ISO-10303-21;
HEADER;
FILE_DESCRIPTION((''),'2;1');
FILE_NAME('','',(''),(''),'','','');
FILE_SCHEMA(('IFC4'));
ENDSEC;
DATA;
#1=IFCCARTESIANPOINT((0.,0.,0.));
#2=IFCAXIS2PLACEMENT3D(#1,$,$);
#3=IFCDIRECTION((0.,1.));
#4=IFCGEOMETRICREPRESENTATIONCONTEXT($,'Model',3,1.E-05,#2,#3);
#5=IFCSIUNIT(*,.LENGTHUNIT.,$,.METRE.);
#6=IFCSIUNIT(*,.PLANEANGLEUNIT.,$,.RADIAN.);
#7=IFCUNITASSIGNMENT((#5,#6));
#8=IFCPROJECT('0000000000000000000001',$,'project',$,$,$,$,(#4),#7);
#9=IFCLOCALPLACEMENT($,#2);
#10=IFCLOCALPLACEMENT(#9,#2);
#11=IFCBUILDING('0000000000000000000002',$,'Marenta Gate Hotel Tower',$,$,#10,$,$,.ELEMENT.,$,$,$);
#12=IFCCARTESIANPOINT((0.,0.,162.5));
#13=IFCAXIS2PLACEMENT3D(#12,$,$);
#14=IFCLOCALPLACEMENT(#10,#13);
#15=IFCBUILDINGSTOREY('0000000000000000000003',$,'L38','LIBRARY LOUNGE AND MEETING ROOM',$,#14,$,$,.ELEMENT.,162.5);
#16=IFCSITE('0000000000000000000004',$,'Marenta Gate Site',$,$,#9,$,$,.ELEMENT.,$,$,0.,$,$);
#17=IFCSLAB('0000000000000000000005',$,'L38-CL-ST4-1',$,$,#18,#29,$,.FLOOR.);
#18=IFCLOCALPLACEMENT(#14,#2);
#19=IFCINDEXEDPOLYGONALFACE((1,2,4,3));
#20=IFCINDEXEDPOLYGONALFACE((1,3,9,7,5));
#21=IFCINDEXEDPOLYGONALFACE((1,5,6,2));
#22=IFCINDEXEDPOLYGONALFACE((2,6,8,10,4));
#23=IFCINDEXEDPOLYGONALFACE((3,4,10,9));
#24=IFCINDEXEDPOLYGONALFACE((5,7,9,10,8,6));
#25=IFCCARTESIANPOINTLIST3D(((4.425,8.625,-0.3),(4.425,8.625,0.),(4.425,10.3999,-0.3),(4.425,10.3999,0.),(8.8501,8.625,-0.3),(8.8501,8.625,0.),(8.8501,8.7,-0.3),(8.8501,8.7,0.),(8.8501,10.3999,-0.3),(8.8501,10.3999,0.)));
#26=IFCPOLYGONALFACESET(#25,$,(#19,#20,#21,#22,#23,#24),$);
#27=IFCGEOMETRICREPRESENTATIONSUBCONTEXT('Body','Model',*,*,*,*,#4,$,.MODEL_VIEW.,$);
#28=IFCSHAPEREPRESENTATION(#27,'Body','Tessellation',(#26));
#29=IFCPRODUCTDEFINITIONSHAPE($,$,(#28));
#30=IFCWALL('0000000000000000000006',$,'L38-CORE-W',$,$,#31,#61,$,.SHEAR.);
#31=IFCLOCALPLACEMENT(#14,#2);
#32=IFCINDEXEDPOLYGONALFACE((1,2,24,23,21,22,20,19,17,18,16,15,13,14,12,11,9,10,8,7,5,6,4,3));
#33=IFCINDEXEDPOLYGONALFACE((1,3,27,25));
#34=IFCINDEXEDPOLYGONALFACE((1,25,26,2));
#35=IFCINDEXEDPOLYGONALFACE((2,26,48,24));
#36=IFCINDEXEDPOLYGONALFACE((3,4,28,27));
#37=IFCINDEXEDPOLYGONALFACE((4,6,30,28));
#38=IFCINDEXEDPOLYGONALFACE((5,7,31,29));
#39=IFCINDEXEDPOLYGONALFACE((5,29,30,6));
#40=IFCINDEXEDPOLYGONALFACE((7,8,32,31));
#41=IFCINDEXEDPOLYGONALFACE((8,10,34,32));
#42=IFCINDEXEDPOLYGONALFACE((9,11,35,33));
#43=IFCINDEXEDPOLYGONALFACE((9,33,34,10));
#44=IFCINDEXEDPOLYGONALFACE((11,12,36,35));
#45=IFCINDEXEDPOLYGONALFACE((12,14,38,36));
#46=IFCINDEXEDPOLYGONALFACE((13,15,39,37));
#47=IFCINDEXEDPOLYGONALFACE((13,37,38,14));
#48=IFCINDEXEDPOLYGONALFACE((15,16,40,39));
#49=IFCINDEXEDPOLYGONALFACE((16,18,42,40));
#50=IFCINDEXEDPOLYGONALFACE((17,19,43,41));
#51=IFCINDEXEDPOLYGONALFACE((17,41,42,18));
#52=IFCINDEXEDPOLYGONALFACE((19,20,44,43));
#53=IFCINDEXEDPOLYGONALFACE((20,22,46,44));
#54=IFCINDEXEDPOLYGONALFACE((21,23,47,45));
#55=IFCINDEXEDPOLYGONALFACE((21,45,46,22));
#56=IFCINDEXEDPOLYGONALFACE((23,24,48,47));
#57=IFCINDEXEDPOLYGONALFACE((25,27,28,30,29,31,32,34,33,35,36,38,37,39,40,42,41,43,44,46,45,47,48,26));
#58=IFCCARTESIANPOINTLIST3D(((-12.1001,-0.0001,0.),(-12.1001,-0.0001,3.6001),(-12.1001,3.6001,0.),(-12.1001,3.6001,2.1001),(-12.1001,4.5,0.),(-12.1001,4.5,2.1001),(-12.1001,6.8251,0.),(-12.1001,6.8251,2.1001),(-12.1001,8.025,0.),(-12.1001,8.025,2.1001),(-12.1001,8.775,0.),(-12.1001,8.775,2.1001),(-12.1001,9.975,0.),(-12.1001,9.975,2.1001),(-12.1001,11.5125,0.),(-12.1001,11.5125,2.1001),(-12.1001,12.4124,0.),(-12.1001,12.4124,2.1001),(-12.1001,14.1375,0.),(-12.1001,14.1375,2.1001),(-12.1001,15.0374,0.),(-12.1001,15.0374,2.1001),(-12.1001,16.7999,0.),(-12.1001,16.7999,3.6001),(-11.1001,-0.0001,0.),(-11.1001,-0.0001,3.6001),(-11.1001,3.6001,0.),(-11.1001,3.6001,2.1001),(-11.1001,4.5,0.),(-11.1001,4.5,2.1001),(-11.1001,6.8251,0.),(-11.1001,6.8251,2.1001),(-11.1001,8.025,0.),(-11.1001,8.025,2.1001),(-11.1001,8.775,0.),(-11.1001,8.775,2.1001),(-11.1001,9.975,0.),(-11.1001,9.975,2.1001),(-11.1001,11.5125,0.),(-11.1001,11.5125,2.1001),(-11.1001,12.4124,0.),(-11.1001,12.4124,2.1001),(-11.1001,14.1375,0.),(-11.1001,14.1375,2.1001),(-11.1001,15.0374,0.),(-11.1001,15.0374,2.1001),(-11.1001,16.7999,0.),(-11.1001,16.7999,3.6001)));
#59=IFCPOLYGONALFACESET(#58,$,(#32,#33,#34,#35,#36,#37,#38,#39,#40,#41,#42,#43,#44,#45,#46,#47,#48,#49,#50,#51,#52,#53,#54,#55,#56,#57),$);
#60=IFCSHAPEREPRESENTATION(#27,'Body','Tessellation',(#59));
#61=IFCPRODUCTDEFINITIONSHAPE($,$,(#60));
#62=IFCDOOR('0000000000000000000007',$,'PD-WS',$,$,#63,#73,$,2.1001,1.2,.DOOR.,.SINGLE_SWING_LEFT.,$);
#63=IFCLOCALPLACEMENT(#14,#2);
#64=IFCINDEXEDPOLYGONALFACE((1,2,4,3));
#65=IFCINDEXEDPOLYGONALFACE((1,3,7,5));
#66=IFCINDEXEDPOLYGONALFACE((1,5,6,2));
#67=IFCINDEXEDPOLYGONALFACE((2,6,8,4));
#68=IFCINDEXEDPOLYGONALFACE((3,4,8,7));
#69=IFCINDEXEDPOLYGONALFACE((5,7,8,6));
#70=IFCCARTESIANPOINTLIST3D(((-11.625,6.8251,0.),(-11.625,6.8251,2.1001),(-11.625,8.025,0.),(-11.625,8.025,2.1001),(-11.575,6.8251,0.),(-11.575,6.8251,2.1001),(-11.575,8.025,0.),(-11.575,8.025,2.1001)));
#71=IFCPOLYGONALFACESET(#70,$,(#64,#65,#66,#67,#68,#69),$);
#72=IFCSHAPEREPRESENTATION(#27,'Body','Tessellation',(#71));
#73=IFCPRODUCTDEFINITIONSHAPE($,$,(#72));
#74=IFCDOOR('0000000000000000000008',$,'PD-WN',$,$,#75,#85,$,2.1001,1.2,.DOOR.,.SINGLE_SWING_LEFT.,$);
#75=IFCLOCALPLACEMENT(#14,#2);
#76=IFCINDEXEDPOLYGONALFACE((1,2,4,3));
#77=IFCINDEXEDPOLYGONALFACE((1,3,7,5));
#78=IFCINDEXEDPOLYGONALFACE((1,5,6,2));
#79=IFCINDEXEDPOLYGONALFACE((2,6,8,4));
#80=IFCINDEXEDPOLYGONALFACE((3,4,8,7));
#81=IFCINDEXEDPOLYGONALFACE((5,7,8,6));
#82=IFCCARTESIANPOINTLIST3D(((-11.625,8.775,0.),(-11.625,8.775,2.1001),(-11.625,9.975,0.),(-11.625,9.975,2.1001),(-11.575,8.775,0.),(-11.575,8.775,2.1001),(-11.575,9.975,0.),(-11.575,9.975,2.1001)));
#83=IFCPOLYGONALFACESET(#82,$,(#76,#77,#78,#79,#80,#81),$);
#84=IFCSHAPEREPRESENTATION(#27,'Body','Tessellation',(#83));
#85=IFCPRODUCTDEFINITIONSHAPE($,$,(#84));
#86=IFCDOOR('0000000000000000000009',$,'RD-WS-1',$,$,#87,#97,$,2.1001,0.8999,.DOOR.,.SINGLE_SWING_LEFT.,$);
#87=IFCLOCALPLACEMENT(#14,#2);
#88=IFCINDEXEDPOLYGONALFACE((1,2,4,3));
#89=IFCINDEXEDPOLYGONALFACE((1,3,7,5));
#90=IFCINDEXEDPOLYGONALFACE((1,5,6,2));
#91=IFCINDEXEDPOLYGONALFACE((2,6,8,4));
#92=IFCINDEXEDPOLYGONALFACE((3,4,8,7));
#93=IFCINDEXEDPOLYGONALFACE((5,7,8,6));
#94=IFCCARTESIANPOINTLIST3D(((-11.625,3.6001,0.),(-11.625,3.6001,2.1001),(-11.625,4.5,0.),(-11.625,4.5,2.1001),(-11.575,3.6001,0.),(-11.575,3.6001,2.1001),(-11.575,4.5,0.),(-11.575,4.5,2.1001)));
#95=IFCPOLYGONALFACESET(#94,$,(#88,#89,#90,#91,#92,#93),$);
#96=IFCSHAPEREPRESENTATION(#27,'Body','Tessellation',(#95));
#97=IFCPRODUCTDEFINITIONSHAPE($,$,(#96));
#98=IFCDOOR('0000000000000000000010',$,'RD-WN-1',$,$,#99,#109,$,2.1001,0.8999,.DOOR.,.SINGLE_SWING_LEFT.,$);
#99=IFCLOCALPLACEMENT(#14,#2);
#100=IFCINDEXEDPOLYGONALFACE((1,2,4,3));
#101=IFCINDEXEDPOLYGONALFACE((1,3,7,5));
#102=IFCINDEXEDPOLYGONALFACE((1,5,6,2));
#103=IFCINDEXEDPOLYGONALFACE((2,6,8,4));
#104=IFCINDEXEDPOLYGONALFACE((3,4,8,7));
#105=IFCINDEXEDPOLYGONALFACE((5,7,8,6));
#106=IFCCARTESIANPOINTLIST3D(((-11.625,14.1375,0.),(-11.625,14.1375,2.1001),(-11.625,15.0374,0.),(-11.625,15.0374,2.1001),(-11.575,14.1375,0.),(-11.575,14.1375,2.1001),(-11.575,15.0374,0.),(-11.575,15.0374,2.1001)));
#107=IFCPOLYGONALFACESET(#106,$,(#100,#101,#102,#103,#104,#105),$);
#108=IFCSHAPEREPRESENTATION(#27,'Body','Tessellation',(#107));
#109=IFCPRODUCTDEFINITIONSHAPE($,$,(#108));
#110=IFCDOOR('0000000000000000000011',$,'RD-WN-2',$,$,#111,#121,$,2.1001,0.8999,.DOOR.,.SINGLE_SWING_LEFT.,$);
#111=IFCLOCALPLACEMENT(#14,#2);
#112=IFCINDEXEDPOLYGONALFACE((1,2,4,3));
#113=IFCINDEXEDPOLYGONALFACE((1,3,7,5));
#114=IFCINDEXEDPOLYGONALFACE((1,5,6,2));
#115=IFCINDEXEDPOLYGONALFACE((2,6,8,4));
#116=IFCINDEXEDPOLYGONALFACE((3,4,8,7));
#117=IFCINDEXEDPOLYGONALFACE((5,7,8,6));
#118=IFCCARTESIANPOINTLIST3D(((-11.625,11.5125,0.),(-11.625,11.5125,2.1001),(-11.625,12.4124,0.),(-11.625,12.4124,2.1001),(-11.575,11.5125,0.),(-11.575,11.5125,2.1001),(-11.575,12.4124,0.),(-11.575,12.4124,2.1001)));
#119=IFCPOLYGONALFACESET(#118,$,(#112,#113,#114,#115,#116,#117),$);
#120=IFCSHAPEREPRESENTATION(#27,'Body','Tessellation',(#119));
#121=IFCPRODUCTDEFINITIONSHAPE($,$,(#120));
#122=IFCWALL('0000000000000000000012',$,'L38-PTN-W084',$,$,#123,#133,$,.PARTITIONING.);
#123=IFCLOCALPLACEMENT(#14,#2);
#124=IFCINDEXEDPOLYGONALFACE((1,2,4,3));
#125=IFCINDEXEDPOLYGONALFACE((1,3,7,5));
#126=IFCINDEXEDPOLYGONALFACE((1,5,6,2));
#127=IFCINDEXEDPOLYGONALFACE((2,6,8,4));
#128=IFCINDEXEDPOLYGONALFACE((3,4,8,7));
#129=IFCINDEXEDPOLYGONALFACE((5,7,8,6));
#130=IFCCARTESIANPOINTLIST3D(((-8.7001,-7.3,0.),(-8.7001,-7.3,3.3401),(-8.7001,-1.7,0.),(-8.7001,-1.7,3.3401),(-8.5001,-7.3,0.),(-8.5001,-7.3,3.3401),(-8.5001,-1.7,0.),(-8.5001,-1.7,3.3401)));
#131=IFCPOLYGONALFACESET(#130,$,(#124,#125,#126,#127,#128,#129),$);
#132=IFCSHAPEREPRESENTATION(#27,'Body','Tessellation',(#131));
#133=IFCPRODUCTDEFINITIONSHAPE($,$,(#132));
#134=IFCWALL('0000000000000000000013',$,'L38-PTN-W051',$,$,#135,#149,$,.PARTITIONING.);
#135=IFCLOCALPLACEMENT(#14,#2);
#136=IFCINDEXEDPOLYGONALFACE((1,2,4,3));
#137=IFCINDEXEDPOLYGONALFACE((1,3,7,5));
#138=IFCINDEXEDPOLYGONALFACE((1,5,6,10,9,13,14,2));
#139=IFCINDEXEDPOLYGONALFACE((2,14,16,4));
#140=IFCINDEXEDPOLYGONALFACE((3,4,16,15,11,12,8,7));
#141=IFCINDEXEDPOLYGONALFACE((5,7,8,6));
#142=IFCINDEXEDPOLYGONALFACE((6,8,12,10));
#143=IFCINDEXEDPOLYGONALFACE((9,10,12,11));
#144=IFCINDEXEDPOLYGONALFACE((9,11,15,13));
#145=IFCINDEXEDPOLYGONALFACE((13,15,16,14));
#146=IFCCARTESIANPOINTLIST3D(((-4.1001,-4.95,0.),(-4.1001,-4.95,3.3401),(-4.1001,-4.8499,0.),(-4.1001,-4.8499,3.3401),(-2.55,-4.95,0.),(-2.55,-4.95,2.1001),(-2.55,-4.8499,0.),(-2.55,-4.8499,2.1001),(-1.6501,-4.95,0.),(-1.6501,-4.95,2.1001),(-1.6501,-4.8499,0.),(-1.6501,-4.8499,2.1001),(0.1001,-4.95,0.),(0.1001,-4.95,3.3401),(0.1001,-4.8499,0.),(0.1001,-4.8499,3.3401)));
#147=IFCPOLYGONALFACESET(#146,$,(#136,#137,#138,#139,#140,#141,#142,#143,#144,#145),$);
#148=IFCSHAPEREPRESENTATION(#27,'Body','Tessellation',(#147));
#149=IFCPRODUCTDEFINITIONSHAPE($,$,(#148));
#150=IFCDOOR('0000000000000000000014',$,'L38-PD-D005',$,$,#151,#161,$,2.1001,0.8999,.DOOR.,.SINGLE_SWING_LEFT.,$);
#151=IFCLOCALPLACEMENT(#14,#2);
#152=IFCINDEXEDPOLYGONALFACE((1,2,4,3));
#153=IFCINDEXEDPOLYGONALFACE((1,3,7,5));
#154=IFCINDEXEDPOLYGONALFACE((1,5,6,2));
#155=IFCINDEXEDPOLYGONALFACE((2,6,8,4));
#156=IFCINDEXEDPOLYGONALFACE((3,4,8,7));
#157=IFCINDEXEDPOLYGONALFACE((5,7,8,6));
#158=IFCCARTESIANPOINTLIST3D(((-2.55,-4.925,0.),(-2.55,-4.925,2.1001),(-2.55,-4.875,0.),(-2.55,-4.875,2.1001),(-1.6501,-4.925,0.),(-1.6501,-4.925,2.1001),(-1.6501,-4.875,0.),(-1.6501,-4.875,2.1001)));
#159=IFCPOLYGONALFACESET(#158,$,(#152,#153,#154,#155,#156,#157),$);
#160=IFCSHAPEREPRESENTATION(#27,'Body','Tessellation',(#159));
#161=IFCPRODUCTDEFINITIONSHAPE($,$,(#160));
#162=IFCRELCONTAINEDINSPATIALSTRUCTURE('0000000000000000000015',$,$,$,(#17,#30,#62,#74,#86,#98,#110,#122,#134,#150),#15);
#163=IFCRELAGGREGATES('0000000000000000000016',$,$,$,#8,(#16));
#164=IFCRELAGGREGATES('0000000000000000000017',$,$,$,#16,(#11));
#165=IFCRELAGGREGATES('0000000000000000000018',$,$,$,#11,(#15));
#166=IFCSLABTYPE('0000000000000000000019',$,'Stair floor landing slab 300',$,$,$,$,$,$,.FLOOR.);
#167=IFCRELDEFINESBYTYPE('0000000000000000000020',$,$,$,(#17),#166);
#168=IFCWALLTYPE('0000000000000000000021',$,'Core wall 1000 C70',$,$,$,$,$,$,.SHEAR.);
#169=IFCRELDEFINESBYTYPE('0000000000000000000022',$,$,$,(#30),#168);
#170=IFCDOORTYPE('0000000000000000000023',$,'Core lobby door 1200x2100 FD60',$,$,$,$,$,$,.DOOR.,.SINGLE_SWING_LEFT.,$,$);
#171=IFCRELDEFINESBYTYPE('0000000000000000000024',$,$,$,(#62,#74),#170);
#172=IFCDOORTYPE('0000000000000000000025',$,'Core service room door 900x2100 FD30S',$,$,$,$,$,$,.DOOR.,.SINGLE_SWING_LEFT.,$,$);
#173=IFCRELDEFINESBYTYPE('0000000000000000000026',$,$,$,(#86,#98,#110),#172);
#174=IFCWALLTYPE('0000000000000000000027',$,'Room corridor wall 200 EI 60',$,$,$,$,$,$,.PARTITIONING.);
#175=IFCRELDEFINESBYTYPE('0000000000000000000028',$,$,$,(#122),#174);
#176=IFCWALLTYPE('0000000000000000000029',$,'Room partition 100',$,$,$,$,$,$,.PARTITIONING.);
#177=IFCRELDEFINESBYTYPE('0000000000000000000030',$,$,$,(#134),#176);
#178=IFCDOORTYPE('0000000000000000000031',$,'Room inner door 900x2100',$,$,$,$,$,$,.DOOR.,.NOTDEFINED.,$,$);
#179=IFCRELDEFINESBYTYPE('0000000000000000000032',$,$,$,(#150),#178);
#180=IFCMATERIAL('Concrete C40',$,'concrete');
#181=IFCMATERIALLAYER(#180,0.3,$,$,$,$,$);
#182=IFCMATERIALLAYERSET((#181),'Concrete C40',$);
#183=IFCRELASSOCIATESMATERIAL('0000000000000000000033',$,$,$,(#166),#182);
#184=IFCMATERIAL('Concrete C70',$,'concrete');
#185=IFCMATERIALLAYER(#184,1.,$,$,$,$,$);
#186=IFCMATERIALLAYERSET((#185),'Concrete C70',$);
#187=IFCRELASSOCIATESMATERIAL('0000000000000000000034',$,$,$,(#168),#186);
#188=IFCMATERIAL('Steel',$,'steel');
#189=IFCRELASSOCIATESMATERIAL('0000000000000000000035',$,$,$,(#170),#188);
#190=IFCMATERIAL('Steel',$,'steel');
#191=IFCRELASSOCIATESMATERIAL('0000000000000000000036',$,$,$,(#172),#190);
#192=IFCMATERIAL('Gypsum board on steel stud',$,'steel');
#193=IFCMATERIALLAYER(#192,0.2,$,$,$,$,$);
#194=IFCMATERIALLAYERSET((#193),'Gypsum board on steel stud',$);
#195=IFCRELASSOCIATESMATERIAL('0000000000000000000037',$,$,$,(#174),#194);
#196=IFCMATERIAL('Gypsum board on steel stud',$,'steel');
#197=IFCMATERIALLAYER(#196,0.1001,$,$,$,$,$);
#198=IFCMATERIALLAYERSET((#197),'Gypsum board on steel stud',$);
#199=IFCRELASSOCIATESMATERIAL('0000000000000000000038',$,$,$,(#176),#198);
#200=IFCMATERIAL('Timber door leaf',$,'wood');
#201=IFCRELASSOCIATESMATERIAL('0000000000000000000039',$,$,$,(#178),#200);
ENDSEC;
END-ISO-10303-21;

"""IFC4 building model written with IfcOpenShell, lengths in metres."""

from ifc_helpers import new_model, si_unit, direction, frame, frame_2d, origin, place, context, subcontext, project, spatial, polyline, rectangle, outline, extrude, material, layer, layer_set, type_object, element, fill, save


model = new_model("IFC4")

# Units and contexts
model_context = context("Model", 3, precision=1e-05, world=origin(), true_north=direction((0.0, 1.0)))
body_context = subcontext(model_context, "Body", "Model", "MODEL_VIEW")
ifc_project = project(units=[si_unit("LENGTHUNIT", "METRE"), si_unit("PLANEANGLEUNIT", "RADIAN")], contexts=[model_context])

# Site, building, storey
site_placement = place(None, origin())
site = spatial("IfcSite", under=ifc_project, at=site_placement, Name="Marenta Gate Site", CompositionType="ELEMENT", RefElevation=0.0)
building_placement = place(site_placement, origin())
building = spatial("IfcBuilding", under=site, at=building_placement, Name="Marenta Gate Hotel Tower", CompositionType="ELEMENT")
storey_placement = place(building_placement, frame((0.0, 0.0, 162.5)))
storey = spatial("IfcBuildingStorey", under=building, at=storey_placement, Name="L38", Description="LIBRARY LOUNGE AND MEETING ROOM", CompositionType="ELEMENT", Elevation=162.5)

# Slab
ifc_material_1 = material(Name="Concrete C40", Category="concrete")
ifc_layer_1 = layer(ifc_material_1, 0.3)
ifc_layer_set_1 = layer_set([ifc_layer_1], Name="Concrete C40")
slab_type_1 = type_object("IfcSlabType", Name="Stair floor landing slab 300", PredefinedType="FLOOR", material=ifc_layer_set_1)
slab_1_placement = place(storey_placement, frame((0.0, 0.0, -0.3)))
element("IfcSlab", 1, at=slab_1_placement, inside=storey, type_object=slab_type_1, Name="L38-CL-ST4-1", PredefinedType="FLOOR", context=body_context, shape_type="SweptSolid", body=[
    extrude(outline(polyline([(4.425, 8.625), (4.425, 10.3999), (8.8501, 10.3999), (8.8501, 8.7), (8.8501, 8.625), (4.425, 8.625)])), origin(), (0.0, 0.0, 1.0), 0.3),
])

# Wall, openings, doors
ifc_material_2 = material(Name="Concrete C70", Category="concrete")
ifc_layer_2 = layer(ifc_material_2, 1.0)
ifc_layer_set_2 = layer_set([ifc_layer_2], Name="Concrete C70")
wall_type_1 = type_object("IfcWallType", Name="Core wall 1000 C70", PredefinedType="SHEAR", material=ifc_layer_set_2)
wall_1_placement = place(storey_placement, frame((-11.6001, 0.0, 0.0), z_axis=(0.0, 0.0, 1.0), x_axis=(0.0, 1.0, 0.0)))
wall_1 = element("IfcWall", 2, at=wall_1_placement, inside=storey, type_object=wall_type_1, Name="L38-CORE-W", PredefinedType="SHEAR", context=body_context, shape_type="SweptSolid", body=[
    extrude(rectangle(XDim=16.8, YDim=1.0, at=frame_2d((8.3999, 0.0))), origin(), (0.0, 0.0, 1.0), 3.6001),
])
opening_1_placement = place(wall_1_placement, frame((3.6001, 0.0, 0.0)))
opening_1 = element("IfcOpeningElement", 3, at=opening_1_placement, cuts=wall_1, PredefinedType="OPENING", context=body_context, shape_type="SweptSolid", body=[
    extrude(rectangle(XDim=0.8999, YDim=2.1001, at=frame_2d((0.45, 1.05))), frame((0.0, 0.5, 0.0), z_axis=(0.0, -1.0, 0.0), x_axis=(1.0, 0.0, 0.0)), (0.0, 0.0, 1.0), 1.0),
])
opening_2_placement = place(wall_1_placement, frame((6.825, 0.0, 0.0)))
opening_2 = element("IfcOpeningElement", 4, at=opening_2_placement, cuts=wall_1, PredefinedType="OPENING", context=body_context, shape_type="SweptSolid", body=[
    extrude(rectangle(XDim=1.2, YDim=2.1001, at=frame_2d((0.6001, 1.05))), frame((0.0, 0.5, 0.0), z_axis=(0.0, -1.0, 0.0), x_axis=(1.0, 0.0, 0.0)), (0.0, 0.0, 1.0), 1.0),
])
opening_3_placement = place(wall_1_placement, frame((14.1375, 0.0, 0.0)))
opening_3 = element("IfcOpeningElement", 5, at=opening_3_placement, cuts=wall_1, PredefinedType="OPENING", context=body_context, shape_type="SweptSolid", body=[
    extrude(rectangle(XDim=0.8999, YDim=2.1001, at=frame_2d((0.45, 1.05))), frame((0.0, 0.5, 0.0), z_axis=(0.0, -1.0, 0.0), x_axis=(1.0, 0.0, 0.0)), (0.0, 0.0, 1.0), 1.0),
])
opening_4_placement = place(wall_1_placement, frame((11.5125, 0.0, 0.0)))
opening_4 = element("IfcOpeningElement", 6, at=opening_4_placement, cuts=wall_1, PredefinedType="OPENING", context=body_context, shape_type="SweptSolid", body=[
    extrude(rectangle(XDim=0.8999, YDim=2.1001, at=frame_2d((0.45, 1.05))), frame((0.0, 0.5, 0.0), z_axis=(0.0, -1.0, 0.0), x_axis=(1.0, 0.0, 0.0)), (0.0, 0.0, 1.0), 1.0),
])
opening_5_placement = place(wall_1_placement, frame((8.7749, 0.0, 0.0)))
opening_5 = element("IfcOpeningElement", 7, at=opening_5_placement, cuts=wall_1, PredefinedType="OPENING", context=body_context, shape_type="SweptSolid", body=[
    extrude(rectangle(XDim=1.2, YDim=2.1001, at=frame_2d((0.6001, 1.05))), frame((0.0, 0.5, 0.0), z_axis=(0.0, -1.0, 0.0), x_axis=(1.0, 0.0, 0.0)), (0.0, 0.0, 1.0), 1.0),
])
ifc_material_3 = material(Name="Steel", Category="steel")
door_type_1 = type_object("IfcDoorType", Name="Core lobby door 1200x2100 FD60", OperationType="SINGLE_SWING_LEFT", PredefinedType="DOOR", material=ifc_material_3)
door_1_placement = place(opening_2_placement, origin())
door_1 = element("IfcDoor", 8, at=door_1_placement, inside=storey, type_object=door_type_1, Name="PD-WS", OperationType="SINGLE_SWING_LEFT", OverallHeight=2.1001, OverallWidth=1.2, PredefinedType="DOOR", context=body_context, shape_type="SweptSolid", body=[
    extrude(rectangle(XDim=1.2, YDim=2.1001, at=frame_2d((0.6001, 1.05))), frame((0.0, 0.0249, 0.0), z_axis=(0.0, -1.0, 0.0), x_axis=(1.0, 0.0, 0.0)), (0.0, 0.0, 1.0), 0.05),
])
fill(opening_2, door_1)
door_2_placement = place(opening_5_placement, origin())
door_2 = element("IfcDoor", 9, at=door_2_placement, inside=storey, type_object=door_type_1, Name="PD-WN", OperationType="SINGLE_SWING_LEFT", OverallHeight=2.1001, OverallWidth=1.2, PredefinedType="DOOR", context=body_context, shape_type="SweptSolid", body=[
    extrude(rectangle(XDim=1.2, YDim=2.1001, at=frame_2d((0.6001, 1.05))), frame((0.0, 0.0249, 0.0), z_axis=(0.0, -1.0, 0.0), x_axis=(1.0, 0.0, 0.0)), (0.0, 0.0, 1.0), 0.05),
])
fill(opening_5, door_2)
ifc_material_4 = material(Name="Steel", Category="steel")
door_type_2 = type_object("IfcDoorType", Name="Core service room door 900x2100 FD30S", OperationType="SINGLE_SWING_LEFT", PredefinedType="DOOR", material=ifc_material_4)
door_3_placement = place(opening_1_placement, origin())
door_3 = element("IfcDoor", 10, at=door_3_placement, inside=storey, type_object=door_type_2, Name="RD-WS-1", OperationType="SINGLE_SWING_LEFT", OverallHeight=2.1001, OverallWidth=0.8999, PredefinedType="DOOR", context=body_context, shape_type="SweptSolid", body=[
    extrude(rectangle(XDim=0.8999, YDim=2.1001, at=frame_2d((0.45, 1.05))), frame((0.0, 0.0249, 0.0), z_axis=(0.0, -1.0, 0.0), x_axis=(1.0, 0.0, 0.0)), (0.0, 0.0, 1.0), 0.05),
])
fill(opening_1, door_3)
door_4_placement = place(opening_3_placement, origin())
door_4 = element("IfcDoor", 11, at=door_4_placement, inside=storey, type_object=door_type_2, Name="RD-WN-1", OperationType="SINGLE_SWING_LEFT", OverallHeight=2.1001, OverallWidth=0.8999, PredefinedType="DOOR", context=body_context, shape_type="SweptSolid", body=[
    extrude(rectangle(XDim=0.8999, YDim=2.1001, at=frame_2d((0.45, 1.05))), frame((0.0, 0.0249, 0.0), z_axis=(0.0, -1.0, 0.0), x_axis=(1.0, 0.0, 0.0)), (0.0, 0.0, 1.0), 0.05),
])
fill(opening_3, door_4)
door_5_placement = place(opening_4_placement, origin())
door_5 = element("IfcDoor", 12, at=door_5_placement, inside=storey, type_object=door_type_2, Name="RD-WN-2", OperationType="SINGLE_SWING_LEFT", OverallHeight=2.1001, OverallWidth=0.8999, PredefinedType="DOOR", context=body_context, shape_type="SweptSolid", body=[
    extrude(rectangle(XDim=0.8999, YDim=2.1001, at=frame_2d((0.45, 1.05))), frame((0.0, 0.0249, 0.0), z_axis=(0.0, -1.0, 0.0), x_axis=(1.0, 0.0, 0.0)), (0.0, 0.0, 1.0), 0.05),
])
fill(opening_4, door_5)

# Wall
ifc_material_5 = material(Name="Gypsum board on steel stud", Category="steel")
ifc_layer_3 = layer(ifc_material_5, 0.2)
ifc_layer_set_3 = layer_set([ifc_layer_3], Name="Gypsum board on steel stud")
wall_type_2 = type_object("IfcWallType", Name="Room corridor wall 200 EI 60", PredefinedType="PARTITIONING", material=ifc_layer_set_3)
wall_2_placement = place(storey_placement, frame((-8.6001, -7.3, 0.0), z_axis=(0.0, 0.0, 1.0), x_axis=(0.0, 1.0, 0.0)))
element("IfcWall", 13, at=wall_2_placement, inside=storey, type_object=wall_type_2, Name="L38-PTN-W084", PredefinedType="PARTITIONING", context=body_context, shape_type="SweptSolid", body=[
    extrude(rectangle(XDim=5.6001, YDim=0.2, at=frame_2d((2.8, 0.0))), origin(), (0.0, 0.0, 1.0), 3.3401),
])

# Wall, opening, door
ifc_material_6 = material(Name="Gypsum board on steel stud", Category="steel")
ifc_layer_4 = layer(ifc_material_6, 0.1001)
ifc_layer_set_4 = layer_set([ifc_layer_4], Name="Gypsum board on steel stud")
wall_type_3 = type_object("IfcWallType", Name="Room partition 100", PredefinedType="PARTITIONING", material=ifc_layer_set_4)
wall_3_placement = place(storey_placement, frame((-4.1001, -4.8999, 0.0), z_axis=(0.0, 0.0, 1.0), x_axis=(1.0, 0.0, 0.0)))
wall_3 = element("IfcWall", 14, at=wall_3_placement, inside=storey, type_object=wall_type_3, Name="L38-PTN-W051", PredefinedType="PARTITIONING", context=body_context, shape_type="SweptSolid", body=[
    extrude(rectangle(XDim=4.2002, YDim=0.1001, at=frame_2d((2.1001, 0.0))), origin(), (0.0, 0.0, 1.0), 3.3401),
])
opening_6_placement = place(wall_3_placement, frame((1.55, 0.0, 0.0)))
opening_6 = element("IfcOpeningElement", 15, at=opening_6_placement, cuts=wall_3, PredefinedType="OPENING", context=body_context, shape_type="SweptSolid", body=[
    extrude(rectangle(XDim=0.8999, YDim=2.1001, at=frame_2d((0.45, 1.05))), frame((0.0, 0.05, 0.0), z_axis=(0.0, -1.0, 0.0), x_axis=(1.0, 0.0, 0.0)), (0.0, 0.0, 1.0), 0.1001),
])
ifc_material_7 = material(Name="Timber door leaf", Category="wood")
door_type_3 = type_object("IfcDoorType", Name="Room inner door 900x2100", OperationType="NOTDEFINED", PredefinedType="DOOR", material=ifc_material_7)
door_6_placement = place(opening_6_placement, origin())
door_6 = element("IfcDoor", 16, at=door_6_placement, inside=storey, type_object=door_type_3, Name="L38-PD-D005", OperationType="SINGLE_SWING_LEFT", OverallHeight=2.1001, OverallWidth=0.8999, PredefinedType="DOOR", context=body_context, shape_type="SweptSolid", body=[
    extrude(rectangle(XDim=0.8999, YDim=2.1001, at=frame_2d((0.45, 1.05))), frame((0.0, 0.0249, 0.0), z_axis=(0.0, -1.0, 0.0), x_axis=(1.0, 0.0, 0.0)), (0.0, 0.0, 1.0), 0.05),
])
fill(opening_6, door_6)

save(model, "model.ifc")
